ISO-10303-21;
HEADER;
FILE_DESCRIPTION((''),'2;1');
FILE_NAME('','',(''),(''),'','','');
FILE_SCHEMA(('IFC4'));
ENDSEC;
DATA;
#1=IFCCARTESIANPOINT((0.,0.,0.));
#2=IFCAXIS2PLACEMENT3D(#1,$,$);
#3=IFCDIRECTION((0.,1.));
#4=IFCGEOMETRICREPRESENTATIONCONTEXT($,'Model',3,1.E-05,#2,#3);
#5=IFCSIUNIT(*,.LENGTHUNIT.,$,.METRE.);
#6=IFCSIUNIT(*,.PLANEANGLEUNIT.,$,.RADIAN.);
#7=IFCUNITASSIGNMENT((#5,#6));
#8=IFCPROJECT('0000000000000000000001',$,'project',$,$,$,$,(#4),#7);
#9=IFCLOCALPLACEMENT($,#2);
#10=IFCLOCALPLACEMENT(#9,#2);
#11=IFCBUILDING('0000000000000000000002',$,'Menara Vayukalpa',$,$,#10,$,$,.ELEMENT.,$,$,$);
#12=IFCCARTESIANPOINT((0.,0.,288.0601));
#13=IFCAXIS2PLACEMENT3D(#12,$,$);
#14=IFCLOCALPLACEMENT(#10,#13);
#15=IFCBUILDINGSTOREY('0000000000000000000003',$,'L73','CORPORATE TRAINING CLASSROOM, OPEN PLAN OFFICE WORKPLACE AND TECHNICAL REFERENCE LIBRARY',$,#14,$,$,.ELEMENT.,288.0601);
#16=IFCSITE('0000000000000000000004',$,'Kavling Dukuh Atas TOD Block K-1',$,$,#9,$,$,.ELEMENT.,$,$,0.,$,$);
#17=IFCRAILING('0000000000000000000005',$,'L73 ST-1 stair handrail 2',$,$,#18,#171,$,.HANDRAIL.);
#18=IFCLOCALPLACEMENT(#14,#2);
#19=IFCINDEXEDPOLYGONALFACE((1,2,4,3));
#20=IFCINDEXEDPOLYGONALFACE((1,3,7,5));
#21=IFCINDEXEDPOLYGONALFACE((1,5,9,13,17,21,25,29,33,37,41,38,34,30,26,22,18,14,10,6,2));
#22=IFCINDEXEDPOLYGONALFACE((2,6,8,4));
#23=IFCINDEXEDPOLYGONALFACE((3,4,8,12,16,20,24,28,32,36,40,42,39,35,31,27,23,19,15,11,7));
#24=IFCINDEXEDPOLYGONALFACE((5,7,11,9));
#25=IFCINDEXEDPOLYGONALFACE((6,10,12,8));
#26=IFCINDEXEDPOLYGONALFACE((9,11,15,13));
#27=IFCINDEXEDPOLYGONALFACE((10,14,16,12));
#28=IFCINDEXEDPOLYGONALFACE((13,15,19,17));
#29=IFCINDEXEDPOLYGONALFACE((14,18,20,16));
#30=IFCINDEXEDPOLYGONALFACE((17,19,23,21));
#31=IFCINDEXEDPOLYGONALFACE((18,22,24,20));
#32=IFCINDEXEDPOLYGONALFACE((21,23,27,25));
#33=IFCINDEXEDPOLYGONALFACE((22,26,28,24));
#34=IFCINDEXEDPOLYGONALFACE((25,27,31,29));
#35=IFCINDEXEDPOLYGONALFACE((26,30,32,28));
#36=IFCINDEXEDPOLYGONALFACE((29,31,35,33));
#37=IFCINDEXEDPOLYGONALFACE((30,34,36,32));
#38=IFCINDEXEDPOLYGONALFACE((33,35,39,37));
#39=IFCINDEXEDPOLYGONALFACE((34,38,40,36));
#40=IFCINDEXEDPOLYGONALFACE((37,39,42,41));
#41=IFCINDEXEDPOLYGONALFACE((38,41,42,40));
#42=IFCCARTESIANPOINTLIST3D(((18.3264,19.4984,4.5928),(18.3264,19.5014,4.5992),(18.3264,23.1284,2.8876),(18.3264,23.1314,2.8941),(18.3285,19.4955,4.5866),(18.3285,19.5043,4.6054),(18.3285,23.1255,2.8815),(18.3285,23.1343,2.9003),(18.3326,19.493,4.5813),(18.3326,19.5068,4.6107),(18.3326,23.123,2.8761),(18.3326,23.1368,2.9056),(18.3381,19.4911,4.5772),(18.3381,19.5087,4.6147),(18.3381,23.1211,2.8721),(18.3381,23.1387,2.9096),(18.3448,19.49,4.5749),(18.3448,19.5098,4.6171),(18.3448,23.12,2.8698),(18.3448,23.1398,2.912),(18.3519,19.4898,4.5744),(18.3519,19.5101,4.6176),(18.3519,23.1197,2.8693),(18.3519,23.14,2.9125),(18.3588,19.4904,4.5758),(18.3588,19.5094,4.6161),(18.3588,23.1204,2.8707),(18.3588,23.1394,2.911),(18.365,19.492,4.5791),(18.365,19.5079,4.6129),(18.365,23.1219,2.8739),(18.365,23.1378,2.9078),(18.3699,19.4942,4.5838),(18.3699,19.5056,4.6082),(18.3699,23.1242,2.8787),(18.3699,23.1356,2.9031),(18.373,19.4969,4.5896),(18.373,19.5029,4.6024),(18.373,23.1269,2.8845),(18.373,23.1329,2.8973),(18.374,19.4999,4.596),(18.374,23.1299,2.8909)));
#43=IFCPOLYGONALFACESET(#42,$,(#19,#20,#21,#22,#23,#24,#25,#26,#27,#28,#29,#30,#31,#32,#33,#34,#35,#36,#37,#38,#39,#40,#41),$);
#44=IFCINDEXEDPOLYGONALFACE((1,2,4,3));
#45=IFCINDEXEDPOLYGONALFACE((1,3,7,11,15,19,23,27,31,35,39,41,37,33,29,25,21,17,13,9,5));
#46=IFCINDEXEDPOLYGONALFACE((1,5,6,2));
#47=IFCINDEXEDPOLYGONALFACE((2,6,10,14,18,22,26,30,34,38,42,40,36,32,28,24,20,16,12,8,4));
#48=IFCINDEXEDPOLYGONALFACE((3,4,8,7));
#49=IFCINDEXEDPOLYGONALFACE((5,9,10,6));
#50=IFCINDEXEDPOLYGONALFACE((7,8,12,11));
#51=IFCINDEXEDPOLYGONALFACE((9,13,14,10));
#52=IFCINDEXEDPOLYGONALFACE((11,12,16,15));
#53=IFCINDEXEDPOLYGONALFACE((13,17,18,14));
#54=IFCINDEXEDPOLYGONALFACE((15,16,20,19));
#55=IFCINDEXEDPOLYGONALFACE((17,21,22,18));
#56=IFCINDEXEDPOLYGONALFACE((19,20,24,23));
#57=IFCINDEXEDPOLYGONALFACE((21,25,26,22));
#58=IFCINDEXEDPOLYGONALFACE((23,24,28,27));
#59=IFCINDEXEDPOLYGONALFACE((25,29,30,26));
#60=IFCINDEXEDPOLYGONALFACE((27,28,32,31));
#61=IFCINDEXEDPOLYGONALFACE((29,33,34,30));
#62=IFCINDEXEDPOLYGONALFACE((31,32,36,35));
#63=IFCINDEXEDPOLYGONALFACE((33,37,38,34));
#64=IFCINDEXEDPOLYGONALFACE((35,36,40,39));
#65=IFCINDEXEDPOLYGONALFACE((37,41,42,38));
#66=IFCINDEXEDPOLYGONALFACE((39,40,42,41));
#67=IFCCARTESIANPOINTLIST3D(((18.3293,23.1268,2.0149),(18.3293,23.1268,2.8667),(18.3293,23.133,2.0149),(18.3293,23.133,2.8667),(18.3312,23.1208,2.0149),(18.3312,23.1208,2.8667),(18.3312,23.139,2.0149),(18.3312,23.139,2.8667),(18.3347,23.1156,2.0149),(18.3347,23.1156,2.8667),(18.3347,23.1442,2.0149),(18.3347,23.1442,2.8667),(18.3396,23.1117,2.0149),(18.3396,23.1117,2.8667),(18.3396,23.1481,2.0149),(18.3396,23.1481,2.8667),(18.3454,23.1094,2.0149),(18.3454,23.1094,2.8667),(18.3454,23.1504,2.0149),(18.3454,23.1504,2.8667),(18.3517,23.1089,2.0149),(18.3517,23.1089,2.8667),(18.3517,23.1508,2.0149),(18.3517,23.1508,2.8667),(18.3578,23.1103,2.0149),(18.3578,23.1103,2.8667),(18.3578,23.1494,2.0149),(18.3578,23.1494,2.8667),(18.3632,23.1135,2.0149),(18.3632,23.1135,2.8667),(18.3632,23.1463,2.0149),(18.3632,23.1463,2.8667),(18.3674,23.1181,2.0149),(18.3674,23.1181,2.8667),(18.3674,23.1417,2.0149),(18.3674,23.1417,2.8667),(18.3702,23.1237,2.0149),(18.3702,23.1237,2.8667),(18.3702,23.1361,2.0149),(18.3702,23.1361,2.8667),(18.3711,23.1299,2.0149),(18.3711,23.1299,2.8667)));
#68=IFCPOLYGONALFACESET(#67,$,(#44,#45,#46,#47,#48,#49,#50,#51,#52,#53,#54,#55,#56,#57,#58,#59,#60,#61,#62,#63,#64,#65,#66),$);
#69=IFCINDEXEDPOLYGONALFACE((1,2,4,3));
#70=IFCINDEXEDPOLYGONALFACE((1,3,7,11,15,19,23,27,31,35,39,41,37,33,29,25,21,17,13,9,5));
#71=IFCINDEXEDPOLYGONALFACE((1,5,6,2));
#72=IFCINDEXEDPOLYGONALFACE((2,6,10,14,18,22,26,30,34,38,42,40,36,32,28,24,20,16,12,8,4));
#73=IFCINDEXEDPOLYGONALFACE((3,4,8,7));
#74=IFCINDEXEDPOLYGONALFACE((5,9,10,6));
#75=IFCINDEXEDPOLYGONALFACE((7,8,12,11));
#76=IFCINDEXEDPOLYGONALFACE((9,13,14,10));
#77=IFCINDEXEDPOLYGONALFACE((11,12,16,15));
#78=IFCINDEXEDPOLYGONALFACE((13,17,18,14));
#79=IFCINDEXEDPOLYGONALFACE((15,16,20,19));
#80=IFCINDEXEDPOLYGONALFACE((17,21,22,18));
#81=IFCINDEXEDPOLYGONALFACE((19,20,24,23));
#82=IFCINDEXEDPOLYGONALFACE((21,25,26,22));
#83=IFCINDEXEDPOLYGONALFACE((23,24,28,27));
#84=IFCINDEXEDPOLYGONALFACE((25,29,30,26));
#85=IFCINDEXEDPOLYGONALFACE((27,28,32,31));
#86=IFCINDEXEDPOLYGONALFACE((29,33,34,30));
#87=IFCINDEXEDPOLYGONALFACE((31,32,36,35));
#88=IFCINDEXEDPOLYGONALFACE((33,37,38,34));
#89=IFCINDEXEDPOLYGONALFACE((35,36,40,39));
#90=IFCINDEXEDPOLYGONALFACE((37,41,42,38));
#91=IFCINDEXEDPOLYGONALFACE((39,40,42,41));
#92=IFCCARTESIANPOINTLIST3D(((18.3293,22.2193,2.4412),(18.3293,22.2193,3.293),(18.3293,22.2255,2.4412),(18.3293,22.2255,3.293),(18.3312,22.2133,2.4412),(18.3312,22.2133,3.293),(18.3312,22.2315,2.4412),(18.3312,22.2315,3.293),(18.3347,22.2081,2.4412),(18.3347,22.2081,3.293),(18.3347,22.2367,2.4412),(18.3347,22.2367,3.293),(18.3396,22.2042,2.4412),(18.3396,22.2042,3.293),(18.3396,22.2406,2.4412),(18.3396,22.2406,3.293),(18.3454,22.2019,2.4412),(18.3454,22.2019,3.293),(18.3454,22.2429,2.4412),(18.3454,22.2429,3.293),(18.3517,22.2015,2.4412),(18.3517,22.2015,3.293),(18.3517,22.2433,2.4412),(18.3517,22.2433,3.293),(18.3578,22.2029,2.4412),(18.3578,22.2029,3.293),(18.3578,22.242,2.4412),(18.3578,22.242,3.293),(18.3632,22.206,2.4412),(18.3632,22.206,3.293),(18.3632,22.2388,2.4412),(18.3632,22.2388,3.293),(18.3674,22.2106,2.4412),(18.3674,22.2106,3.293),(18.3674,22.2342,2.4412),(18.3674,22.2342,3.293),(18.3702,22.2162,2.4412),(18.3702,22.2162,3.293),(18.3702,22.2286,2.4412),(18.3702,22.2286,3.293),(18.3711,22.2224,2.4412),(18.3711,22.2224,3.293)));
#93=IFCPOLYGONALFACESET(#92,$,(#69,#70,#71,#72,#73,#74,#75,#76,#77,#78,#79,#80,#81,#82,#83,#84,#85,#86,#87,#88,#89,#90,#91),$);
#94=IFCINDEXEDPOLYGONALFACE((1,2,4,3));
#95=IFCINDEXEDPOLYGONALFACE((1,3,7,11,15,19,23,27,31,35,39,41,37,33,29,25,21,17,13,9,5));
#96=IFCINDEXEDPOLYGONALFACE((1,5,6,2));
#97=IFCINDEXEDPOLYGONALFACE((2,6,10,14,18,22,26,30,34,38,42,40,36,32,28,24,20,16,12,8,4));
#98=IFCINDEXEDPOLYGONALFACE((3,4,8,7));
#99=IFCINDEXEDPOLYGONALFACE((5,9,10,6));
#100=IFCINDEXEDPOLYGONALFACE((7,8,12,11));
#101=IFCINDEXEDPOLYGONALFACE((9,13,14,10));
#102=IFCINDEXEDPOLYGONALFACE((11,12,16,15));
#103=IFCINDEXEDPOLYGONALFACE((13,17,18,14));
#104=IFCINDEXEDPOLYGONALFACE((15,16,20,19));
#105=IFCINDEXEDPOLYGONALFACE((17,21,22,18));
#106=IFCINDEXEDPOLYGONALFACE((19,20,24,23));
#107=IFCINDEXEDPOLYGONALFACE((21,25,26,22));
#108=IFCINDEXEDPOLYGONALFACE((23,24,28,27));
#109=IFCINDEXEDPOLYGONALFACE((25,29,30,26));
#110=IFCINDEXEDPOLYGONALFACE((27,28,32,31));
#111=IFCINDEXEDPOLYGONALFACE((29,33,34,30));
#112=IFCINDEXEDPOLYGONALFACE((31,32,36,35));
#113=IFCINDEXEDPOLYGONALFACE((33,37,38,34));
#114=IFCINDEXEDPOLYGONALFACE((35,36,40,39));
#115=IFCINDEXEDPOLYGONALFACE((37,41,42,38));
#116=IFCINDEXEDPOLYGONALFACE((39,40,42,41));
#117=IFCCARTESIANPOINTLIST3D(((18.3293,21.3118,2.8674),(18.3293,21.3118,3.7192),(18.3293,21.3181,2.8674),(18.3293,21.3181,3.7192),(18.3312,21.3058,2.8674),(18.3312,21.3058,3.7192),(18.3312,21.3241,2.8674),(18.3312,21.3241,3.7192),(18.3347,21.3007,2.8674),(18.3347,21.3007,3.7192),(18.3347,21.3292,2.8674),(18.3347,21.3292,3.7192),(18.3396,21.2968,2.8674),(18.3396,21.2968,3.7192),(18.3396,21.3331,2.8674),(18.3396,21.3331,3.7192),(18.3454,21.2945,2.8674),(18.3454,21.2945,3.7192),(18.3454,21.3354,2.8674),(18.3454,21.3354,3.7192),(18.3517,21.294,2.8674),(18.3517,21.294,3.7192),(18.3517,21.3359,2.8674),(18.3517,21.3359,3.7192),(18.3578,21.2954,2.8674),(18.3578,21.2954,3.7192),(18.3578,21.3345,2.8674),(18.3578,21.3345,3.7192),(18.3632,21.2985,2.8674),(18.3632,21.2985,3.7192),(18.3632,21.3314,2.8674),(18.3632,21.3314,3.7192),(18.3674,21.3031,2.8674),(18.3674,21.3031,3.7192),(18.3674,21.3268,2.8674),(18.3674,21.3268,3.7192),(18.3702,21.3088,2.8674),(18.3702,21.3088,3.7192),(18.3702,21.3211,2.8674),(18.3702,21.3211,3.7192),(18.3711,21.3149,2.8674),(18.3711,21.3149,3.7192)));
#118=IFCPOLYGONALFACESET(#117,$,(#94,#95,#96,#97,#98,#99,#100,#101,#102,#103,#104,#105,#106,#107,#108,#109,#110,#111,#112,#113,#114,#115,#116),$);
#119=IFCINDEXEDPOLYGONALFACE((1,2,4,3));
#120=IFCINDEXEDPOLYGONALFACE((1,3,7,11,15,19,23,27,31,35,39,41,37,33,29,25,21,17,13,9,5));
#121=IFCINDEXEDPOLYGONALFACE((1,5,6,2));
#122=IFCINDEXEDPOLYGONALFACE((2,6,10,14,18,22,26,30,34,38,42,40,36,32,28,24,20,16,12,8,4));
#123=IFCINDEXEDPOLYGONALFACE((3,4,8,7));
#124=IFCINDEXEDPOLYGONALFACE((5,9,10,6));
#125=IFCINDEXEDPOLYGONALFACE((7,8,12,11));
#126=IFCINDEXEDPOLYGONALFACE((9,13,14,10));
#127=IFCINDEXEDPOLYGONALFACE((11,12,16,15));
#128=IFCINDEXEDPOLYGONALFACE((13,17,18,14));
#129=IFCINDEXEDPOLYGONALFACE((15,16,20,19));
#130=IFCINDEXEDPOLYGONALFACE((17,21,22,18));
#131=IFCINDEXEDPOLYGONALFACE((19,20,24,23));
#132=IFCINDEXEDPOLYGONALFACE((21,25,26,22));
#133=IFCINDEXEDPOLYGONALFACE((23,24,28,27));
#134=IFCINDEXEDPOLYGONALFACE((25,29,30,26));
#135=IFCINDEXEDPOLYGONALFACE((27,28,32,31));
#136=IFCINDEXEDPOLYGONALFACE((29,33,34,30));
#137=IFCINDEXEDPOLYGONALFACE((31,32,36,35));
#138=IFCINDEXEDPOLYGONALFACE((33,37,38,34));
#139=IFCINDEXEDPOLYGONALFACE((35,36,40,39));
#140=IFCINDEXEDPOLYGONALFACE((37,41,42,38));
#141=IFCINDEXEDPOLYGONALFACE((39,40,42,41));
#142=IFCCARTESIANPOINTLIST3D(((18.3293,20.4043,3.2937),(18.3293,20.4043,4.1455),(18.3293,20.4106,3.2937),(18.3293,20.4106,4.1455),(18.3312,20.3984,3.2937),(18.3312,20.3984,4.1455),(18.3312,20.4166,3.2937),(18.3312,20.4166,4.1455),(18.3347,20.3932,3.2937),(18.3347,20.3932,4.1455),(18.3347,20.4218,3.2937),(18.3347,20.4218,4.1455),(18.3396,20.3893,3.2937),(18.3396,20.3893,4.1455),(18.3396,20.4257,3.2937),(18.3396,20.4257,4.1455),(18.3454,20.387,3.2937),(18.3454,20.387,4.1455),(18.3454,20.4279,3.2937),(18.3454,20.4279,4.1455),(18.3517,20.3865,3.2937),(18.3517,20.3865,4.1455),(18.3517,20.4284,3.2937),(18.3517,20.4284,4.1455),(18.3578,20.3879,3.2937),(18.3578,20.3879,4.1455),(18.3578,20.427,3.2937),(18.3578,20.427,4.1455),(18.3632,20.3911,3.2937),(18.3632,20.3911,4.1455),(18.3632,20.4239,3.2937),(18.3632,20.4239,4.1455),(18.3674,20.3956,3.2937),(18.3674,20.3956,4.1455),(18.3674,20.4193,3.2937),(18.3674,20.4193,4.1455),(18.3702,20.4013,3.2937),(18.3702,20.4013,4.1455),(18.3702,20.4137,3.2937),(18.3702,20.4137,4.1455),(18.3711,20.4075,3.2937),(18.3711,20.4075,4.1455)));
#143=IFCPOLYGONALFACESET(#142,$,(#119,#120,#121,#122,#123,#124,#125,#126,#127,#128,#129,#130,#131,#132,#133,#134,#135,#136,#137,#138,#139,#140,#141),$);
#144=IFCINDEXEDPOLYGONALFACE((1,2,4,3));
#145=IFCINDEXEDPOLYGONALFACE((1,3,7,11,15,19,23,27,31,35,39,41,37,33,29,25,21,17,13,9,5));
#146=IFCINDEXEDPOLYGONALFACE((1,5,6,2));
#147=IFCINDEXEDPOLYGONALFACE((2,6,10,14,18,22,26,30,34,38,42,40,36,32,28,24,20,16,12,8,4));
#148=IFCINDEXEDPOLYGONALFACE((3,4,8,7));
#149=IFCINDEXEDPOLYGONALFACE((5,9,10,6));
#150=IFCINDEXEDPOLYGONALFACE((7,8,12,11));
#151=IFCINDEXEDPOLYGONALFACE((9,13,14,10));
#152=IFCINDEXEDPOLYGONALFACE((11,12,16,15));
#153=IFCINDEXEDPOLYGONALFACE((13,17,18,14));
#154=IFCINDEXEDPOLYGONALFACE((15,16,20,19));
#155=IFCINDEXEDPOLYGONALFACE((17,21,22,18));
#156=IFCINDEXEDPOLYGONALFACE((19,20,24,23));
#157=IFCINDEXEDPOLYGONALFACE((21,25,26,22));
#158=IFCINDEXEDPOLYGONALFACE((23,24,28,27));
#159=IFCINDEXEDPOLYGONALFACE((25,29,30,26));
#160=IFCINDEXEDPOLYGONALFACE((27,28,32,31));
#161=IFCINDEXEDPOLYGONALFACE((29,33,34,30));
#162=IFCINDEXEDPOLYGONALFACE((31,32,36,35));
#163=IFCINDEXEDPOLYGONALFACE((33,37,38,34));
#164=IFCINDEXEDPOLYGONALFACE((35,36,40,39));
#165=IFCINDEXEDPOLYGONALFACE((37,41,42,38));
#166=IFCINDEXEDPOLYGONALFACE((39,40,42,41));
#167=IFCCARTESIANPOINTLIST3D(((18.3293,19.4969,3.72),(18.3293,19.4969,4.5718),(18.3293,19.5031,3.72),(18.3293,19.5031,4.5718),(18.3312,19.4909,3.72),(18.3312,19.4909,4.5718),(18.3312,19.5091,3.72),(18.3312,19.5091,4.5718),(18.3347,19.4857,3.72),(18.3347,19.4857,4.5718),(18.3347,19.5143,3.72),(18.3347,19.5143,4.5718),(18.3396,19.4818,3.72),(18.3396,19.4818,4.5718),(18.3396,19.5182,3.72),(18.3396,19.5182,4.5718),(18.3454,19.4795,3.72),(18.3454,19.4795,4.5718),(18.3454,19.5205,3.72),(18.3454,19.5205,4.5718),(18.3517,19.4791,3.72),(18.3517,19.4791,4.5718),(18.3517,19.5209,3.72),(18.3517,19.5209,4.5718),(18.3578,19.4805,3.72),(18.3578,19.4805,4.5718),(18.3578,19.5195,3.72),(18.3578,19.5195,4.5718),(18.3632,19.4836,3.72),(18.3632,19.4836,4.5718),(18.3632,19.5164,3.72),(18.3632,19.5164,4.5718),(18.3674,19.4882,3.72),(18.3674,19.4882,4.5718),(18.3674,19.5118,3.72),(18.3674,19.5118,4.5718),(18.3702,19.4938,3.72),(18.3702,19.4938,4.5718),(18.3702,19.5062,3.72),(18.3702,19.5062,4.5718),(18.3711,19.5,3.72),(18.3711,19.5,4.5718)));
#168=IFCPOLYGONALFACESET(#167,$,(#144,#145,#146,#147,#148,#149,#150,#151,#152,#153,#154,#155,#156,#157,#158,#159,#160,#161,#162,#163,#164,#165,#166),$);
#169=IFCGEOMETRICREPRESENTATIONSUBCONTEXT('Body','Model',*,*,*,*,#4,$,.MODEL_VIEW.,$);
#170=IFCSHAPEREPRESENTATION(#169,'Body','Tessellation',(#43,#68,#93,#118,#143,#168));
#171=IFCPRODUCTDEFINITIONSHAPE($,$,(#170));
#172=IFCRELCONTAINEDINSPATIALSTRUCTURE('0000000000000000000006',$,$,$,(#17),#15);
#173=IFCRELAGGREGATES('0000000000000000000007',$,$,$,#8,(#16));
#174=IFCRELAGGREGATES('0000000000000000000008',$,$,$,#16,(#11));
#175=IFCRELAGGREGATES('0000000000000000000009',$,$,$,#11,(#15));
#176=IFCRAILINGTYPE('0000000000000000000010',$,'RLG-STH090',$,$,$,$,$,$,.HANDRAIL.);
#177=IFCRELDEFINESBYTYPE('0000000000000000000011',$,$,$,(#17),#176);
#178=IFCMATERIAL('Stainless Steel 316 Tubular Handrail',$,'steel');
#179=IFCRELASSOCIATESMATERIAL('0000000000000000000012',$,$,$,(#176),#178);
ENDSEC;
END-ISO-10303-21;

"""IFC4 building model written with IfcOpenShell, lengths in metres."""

from ifc_helpers import new_model, si_unit, direction, frame, origin, origin_2d, place, context, subcontext, project, spatial, circle, extrude, material, type_object, element, save


model = new_model("IFC4")

# Units and contexts
model_context = context("Model", 3, precision=1e-05, world=origin(), true_north=direction((0.0, 1.0)))
body_context = subcontext(model_context, "Body", "Model", "MODEL_VIEW")
ifc_project = project(units=[si_unit("LENGTHUNIT", "METRE"), si_unit("PLANEANGLEUNIT", "RADIAN")], contexts=[model_context])

# Site, building, storey
site_placement = place(None, origin())
site = spatial("IfcSite", under=ifc_project, at=site_placement, Name="Kavling Dukuh Atas TOD Block K-1", CompositionType="ELEMENT", RefElevation=0.0)
building_placement = place(site_placement, origin())
building = spatial("IfcBuilding", under=site, at=building_placement, Name="Menara Vayukalpa", CompositionType="ELEMENT")
storey_placement = place(building_placement, frame((0.0, 0.0, 288.0601)))
storey = spatial("IfcBuildingStorey", under=building, at=storey_placement, Name="L73", Description="CORPORATE TRAINING CLASSROOM, OPEN PLAN OFFICE WORKPLACE AND TECHNICAL REFERENCE LIBRARY", CompositionType="ELEMENT", Elevation=288.0601)

# Railing
ifc_material_1 = material(Name="Stainless Steel 316 Tubular Handrail", Category="steel")
railing_type_1 = type_object("IfcRailingType", Name="RLG-STH090", PredefinedType="HANDRAIL", material=ifc_material_1)
railing_1_placement = place(storey_placement, frame((18.3501, 23.1299, 2.0149)))
element("IfcRailing", 1, at=railing_1_placement, inside=storey, type_object=railing_type_1, Name="L73 ST-1 stair handrail 2", PredefinedType="HANDRAIL", context=body_context, shape_type="SweptSolid", body=[
    extrude(circle(Radius=0.0239, at=origin_2d()), frame((0.0, 0.0, 0.876), z_axis=(0.0, -0.905116, 0.425164), x_axis=(1.0, 0.0, 0.0)), (0.0, 0.0, 1.0), 4.0105),
    extrude(circle(Radius=0.021, at=origin_2d()), origin(), (0.0, 0.0, 1.0), 0.8518),
    extrude(circle(Radius=0.021, at=origin_2d()), frame((0.0, -0.9075, 0.4263)), (0.0, 0.0, 1.0), 0.8518),
    extrude(circle(Radius=0.021, at=origin_2d()), frame((0.0, -1.8149, 0.8525)), (0.0, 0.0, 1.0), 0.8518),
    extrude(circle(Radius=0.021, at=origin_2d()), frame((0.0, -2.7224, 1.2788)), (0.0, 0.0, 1.0), 0.8518),
    extrude(circle(Radius=0.021, at=origin_2d()), frame((0.0, -3.6299, 1.7051)), (0.0, 0.0, 1.0), 0.8518),
])

save(model, "model.ifc")
